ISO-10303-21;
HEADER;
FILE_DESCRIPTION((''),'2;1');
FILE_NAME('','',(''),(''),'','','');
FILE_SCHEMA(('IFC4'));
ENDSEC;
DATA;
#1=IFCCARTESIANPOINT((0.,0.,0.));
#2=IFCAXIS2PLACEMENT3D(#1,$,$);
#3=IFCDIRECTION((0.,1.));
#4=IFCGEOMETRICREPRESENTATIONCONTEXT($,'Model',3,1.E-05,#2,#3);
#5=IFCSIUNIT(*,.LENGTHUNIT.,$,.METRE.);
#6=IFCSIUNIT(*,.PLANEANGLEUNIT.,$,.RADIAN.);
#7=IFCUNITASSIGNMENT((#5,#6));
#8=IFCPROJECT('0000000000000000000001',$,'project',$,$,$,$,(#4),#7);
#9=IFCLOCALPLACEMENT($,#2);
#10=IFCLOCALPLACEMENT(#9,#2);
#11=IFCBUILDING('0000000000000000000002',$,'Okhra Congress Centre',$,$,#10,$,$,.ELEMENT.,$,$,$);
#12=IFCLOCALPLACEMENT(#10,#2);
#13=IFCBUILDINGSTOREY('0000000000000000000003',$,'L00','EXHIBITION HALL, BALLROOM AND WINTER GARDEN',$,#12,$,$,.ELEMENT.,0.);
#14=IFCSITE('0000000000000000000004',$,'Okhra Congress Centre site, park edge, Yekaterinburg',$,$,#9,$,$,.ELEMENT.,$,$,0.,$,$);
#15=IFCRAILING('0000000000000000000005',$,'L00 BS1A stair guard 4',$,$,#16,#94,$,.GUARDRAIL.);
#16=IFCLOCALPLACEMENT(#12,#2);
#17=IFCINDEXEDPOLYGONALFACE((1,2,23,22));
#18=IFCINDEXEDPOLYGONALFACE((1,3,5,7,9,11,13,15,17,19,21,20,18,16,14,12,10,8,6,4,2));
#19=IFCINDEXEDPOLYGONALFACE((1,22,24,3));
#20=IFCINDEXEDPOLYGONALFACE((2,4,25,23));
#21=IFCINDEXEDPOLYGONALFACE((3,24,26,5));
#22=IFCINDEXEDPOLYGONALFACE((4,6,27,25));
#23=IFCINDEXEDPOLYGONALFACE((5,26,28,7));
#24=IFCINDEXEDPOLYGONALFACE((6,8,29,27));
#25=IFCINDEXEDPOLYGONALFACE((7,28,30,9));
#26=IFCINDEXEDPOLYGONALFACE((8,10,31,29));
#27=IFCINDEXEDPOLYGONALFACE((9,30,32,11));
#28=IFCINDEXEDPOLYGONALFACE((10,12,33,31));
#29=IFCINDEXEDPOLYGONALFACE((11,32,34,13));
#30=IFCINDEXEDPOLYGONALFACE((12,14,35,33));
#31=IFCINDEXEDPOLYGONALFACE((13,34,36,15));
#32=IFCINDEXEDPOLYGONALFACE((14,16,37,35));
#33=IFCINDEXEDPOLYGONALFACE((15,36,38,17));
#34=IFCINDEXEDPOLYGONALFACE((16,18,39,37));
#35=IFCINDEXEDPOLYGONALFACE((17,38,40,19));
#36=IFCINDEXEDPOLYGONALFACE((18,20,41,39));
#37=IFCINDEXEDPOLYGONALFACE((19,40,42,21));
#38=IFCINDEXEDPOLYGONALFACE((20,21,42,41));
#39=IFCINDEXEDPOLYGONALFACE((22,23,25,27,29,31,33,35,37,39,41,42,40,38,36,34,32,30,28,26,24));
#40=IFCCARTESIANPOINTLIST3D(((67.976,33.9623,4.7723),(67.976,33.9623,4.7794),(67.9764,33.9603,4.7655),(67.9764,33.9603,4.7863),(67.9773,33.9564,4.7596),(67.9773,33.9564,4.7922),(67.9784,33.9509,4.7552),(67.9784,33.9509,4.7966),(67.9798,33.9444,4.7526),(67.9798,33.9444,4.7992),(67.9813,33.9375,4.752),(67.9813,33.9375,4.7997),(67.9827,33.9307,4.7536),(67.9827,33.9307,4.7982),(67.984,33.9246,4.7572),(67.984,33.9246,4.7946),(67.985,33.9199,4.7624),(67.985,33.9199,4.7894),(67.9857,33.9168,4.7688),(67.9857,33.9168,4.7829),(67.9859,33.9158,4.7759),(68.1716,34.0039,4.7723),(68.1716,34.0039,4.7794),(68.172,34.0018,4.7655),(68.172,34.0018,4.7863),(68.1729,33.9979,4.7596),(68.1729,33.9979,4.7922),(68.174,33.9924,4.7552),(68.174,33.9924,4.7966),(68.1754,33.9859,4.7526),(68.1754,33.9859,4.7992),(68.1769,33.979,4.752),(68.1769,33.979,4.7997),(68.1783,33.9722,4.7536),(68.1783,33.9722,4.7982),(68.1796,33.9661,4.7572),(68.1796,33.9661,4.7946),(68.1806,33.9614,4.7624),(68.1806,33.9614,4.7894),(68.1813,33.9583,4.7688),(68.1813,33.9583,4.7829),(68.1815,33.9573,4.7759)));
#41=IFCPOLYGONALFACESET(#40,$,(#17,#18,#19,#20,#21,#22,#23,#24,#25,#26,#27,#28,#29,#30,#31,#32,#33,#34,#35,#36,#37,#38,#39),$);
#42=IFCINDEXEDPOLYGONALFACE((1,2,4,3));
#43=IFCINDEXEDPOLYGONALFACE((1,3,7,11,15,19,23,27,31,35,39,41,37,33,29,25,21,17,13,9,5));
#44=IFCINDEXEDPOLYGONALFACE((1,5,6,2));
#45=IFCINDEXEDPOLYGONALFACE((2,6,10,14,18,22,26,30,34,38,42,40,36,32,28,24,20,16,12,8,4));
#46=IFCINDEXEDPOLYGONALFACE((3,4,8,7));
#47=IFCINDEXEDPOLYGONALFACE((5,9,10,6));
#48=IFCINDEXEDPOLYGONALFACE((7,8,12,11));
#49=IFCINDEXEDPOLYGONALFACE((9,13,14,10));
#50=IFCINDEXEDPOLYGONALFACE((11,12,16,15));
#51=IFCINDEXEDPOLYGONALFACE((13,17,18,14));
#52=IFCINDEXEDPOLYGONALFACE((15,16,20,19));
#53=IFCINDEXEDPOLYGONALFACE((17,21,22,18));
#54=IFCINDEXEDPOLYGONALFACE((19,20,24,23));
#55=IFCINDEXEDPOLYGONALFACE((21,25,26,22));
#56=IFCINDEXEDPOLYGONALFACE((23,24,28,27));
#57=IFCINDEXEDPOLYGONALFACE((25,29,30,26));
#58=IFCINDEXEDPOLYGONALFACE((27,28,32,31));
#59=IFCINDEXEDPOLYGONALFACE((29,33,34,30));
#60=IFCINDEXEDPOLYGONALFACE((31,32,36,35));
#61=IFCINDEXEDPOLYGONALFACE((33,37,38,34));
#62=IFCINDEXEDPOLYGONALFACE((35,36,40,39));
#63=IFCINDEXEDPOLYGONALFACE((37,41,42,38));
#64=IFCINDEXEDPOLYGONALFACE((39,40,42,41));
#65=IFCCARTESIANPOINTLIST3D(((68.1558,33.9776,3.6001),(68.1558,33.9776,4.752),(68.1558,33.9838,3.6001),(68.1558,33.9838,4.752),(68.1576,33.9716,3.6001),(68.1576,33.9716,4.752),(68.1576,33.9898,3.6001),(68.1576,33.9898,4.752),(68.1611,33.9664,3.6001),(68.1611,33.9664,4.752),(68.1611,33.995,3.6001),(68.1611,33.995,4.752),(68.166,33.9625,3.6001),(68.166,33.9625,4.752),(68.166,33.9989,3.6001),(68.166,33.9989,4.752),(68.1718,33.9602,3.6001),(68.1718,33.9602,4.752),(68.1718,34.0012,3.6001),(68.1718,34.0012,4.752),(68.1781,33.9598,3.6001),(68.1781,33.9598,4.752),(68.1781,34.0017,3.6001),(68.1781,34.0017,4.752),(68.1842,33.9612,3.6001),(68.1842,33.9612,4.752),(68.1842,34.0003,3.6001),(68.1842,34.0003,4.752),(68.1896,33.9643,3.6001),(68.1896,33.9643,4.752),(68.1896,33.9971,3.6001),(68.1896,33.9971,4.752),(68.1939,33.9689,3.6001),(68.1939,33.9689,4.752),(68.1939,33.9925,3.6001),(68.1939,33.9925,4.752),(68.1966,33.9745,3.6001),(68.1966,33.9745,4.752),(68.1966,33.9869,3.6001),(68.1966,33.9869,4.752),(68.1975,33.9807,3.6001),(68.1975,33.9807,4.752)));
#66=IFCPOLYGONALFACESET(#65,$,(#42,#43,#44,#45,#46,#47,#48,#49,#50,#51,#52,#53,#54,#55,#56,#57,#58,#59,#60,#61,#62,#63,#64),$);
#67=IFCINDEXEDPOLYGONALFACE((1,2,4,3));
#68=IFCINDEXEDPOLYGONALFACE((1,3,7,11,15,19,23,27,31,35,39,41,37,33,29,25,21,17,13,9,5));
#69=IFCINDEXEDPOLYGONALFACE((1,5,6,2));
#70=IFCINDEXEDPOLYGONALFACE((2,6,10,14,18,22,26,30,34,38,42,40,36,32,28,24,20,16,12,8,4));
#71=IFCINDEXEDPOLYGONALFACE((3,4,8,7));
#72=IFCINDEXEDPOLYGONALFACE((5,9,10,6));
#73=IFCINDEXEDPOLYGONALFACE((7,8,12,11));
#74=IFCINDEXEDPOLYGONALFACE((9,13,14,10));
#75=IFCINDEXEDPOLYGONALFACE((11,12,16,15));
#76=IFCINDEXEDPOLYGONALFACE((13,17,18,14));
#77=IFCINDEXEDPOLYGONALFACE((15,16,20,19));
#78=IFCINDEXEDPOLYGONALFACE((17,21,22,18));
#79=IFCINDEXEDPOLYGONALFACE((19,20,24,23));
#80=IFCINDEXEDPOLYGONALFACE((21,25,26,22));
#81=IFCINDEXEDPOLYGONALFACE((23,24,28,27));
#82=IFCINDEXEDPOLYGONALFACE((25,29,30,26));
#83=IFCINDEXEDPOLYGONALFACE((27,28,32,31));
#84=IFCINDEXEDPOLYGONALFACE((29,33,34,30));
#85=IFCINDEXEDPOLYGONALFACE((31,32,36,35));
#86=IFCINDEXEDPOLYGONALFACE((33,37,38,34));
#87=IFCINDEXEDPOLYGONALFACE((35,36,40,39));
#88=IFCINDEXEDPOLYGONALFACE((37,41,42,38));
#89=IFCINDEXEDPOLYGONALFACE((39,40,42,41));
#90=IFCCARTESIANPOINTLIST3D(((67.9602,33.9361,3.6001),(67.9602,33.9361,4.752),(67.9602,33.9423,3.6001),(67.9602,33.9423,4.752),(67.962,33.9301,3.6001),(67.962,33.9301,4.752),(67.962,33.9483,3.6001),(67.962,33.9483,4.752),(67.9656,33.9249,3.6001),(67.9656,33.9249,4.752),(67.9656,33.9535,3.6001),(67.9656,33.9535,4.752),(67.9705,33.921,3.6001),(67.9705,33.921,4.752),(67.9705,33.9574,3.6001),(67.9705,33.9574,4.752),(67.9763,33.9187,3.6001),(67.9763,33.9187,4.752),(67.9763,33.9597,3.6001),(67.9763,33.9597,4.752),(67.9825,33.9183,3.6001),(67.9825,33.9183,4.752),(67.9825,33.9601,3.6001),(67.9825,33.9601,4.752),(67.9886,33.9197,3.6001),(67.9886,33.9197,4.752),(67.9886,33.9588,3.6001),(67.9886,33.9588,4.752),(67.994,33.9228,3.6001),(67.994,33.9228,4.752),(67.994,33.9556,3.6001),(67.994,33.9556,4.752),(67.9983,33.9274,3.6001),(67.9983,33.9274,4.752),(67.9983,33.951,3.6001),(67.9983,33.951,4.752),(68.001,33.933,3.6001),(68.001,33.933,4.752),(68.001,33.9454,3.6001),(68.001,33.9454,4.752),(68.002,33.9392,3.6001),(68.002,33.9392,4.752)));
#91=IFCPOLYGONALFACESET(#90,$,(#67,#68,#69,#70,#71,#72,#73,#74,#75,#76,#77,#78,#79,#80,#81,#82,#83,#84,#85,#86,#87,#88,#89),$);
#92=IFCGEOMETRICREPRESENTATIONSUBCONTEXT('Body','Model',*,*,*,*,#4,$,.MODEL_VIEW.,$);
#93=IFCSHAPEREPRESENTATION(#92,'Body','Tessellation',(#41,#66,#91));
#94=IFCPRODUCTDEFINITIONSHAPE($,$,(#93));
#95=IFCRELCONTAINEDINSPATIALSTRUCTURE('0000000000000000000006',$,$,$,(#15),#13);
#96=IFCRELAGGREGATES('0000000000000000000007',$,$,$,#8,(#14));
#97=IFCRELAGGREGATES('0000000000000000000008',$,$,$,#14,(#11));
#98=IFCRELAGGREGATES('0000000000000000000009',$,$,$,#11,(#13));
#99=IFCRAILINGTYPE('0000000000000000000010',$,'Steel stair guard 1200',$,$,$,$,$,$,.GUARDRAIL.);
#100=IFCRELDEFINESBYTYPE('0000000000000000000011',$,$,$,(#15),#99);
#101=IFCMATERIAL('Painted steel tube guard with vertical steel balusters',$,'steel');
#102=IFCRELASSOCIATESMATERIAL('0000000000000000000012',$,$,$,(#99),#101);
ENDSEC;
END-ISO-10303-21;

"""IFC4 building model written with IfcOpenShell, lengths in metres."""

from ifc_helpers import new_model, si_unit, direction, frame, origin, origin_2d, place, context, subcontext, project, spatial, circle, extrude, material, type_object, element, save


model = new_model("IFC4")

# Units and contexts
model_context = context("Model", 3, precision=1e-05, world=origin(), true_north=direction((0.0, 1.0)))
body_context = subcontext(model_context, "Body", "Model", "MODEL_VIEW")
ifc_project = project(units=[si_unit("LENGTHUNIT", "METRE"), si_unit("PLANEANGLEUNIT", "RADIAN")], contexts=[model_context])

# Site, building, storey
site_placement = place(None, origin())
site = spatial("IfcSite", under=ifc_project, at=site_placement, Name="Okhra Congress Centre site, park edge, Yekaterinburg", CompositionType="ELEMENT", RefElevation=0.0)
building_placement = place(site_placement, origin())
building = spatial("IfcBuilding", under=site, at=building_placement, Name="Okhra Congress Centre", CompositionType="ELEMENT")
storey_placement = place(building_placement, origin())
storey = spatial("IfcBuildingStorey", under=building, at=storey_placement, Name="L00", Description="EXHIBITION HALL, BALLROOM AND WINTER GARDEN", CompositionType="ELEMENT", Elevation=0.0)

# Railing
ifc_material_1 = material(Name="Painted steel tube guard with vertical steel balusters", Category="steel")
railing_type_1 = type_object("IfcRailingType", Name="Steel stair guard 1200", PredefinedType="GUARDRAIL", material=ifc_material_1)
railing_1_placement = place(storey_placement, frame((68.1765, 33.9807, 3.6001)))
element("IfcRailing", 1, at=railing_1_placement, inside=storey, type_object=railing_type_1, Name="L00 BS1A stair guard 4", PredefinedType="GUARDRAIL", context=body_context, shape_type="SweptSolid", body=[
    extrude(circle(Radius=0.0239, at=origin_2d()), frame((0.0, 0.0, 1.1758), z_axis=(-0.978212, -0.20761, 0.0), x_axis=(0.20761, -0.978212, 0.0)), (0.0, 0.0, 1.0), 0.2),
    extrude(circle(Radius=0.021, at=origin_2d()), origin(), (0.0, 0.0, 1.0), 1.1519),
    extrude(circle(Radius=0.021, at=origin_2d()), frame((-0.1956, -0.0415, 0.0)), (0.0, 0.0, 1.0), 1.1519),
])

save(model, "model.ifc")
